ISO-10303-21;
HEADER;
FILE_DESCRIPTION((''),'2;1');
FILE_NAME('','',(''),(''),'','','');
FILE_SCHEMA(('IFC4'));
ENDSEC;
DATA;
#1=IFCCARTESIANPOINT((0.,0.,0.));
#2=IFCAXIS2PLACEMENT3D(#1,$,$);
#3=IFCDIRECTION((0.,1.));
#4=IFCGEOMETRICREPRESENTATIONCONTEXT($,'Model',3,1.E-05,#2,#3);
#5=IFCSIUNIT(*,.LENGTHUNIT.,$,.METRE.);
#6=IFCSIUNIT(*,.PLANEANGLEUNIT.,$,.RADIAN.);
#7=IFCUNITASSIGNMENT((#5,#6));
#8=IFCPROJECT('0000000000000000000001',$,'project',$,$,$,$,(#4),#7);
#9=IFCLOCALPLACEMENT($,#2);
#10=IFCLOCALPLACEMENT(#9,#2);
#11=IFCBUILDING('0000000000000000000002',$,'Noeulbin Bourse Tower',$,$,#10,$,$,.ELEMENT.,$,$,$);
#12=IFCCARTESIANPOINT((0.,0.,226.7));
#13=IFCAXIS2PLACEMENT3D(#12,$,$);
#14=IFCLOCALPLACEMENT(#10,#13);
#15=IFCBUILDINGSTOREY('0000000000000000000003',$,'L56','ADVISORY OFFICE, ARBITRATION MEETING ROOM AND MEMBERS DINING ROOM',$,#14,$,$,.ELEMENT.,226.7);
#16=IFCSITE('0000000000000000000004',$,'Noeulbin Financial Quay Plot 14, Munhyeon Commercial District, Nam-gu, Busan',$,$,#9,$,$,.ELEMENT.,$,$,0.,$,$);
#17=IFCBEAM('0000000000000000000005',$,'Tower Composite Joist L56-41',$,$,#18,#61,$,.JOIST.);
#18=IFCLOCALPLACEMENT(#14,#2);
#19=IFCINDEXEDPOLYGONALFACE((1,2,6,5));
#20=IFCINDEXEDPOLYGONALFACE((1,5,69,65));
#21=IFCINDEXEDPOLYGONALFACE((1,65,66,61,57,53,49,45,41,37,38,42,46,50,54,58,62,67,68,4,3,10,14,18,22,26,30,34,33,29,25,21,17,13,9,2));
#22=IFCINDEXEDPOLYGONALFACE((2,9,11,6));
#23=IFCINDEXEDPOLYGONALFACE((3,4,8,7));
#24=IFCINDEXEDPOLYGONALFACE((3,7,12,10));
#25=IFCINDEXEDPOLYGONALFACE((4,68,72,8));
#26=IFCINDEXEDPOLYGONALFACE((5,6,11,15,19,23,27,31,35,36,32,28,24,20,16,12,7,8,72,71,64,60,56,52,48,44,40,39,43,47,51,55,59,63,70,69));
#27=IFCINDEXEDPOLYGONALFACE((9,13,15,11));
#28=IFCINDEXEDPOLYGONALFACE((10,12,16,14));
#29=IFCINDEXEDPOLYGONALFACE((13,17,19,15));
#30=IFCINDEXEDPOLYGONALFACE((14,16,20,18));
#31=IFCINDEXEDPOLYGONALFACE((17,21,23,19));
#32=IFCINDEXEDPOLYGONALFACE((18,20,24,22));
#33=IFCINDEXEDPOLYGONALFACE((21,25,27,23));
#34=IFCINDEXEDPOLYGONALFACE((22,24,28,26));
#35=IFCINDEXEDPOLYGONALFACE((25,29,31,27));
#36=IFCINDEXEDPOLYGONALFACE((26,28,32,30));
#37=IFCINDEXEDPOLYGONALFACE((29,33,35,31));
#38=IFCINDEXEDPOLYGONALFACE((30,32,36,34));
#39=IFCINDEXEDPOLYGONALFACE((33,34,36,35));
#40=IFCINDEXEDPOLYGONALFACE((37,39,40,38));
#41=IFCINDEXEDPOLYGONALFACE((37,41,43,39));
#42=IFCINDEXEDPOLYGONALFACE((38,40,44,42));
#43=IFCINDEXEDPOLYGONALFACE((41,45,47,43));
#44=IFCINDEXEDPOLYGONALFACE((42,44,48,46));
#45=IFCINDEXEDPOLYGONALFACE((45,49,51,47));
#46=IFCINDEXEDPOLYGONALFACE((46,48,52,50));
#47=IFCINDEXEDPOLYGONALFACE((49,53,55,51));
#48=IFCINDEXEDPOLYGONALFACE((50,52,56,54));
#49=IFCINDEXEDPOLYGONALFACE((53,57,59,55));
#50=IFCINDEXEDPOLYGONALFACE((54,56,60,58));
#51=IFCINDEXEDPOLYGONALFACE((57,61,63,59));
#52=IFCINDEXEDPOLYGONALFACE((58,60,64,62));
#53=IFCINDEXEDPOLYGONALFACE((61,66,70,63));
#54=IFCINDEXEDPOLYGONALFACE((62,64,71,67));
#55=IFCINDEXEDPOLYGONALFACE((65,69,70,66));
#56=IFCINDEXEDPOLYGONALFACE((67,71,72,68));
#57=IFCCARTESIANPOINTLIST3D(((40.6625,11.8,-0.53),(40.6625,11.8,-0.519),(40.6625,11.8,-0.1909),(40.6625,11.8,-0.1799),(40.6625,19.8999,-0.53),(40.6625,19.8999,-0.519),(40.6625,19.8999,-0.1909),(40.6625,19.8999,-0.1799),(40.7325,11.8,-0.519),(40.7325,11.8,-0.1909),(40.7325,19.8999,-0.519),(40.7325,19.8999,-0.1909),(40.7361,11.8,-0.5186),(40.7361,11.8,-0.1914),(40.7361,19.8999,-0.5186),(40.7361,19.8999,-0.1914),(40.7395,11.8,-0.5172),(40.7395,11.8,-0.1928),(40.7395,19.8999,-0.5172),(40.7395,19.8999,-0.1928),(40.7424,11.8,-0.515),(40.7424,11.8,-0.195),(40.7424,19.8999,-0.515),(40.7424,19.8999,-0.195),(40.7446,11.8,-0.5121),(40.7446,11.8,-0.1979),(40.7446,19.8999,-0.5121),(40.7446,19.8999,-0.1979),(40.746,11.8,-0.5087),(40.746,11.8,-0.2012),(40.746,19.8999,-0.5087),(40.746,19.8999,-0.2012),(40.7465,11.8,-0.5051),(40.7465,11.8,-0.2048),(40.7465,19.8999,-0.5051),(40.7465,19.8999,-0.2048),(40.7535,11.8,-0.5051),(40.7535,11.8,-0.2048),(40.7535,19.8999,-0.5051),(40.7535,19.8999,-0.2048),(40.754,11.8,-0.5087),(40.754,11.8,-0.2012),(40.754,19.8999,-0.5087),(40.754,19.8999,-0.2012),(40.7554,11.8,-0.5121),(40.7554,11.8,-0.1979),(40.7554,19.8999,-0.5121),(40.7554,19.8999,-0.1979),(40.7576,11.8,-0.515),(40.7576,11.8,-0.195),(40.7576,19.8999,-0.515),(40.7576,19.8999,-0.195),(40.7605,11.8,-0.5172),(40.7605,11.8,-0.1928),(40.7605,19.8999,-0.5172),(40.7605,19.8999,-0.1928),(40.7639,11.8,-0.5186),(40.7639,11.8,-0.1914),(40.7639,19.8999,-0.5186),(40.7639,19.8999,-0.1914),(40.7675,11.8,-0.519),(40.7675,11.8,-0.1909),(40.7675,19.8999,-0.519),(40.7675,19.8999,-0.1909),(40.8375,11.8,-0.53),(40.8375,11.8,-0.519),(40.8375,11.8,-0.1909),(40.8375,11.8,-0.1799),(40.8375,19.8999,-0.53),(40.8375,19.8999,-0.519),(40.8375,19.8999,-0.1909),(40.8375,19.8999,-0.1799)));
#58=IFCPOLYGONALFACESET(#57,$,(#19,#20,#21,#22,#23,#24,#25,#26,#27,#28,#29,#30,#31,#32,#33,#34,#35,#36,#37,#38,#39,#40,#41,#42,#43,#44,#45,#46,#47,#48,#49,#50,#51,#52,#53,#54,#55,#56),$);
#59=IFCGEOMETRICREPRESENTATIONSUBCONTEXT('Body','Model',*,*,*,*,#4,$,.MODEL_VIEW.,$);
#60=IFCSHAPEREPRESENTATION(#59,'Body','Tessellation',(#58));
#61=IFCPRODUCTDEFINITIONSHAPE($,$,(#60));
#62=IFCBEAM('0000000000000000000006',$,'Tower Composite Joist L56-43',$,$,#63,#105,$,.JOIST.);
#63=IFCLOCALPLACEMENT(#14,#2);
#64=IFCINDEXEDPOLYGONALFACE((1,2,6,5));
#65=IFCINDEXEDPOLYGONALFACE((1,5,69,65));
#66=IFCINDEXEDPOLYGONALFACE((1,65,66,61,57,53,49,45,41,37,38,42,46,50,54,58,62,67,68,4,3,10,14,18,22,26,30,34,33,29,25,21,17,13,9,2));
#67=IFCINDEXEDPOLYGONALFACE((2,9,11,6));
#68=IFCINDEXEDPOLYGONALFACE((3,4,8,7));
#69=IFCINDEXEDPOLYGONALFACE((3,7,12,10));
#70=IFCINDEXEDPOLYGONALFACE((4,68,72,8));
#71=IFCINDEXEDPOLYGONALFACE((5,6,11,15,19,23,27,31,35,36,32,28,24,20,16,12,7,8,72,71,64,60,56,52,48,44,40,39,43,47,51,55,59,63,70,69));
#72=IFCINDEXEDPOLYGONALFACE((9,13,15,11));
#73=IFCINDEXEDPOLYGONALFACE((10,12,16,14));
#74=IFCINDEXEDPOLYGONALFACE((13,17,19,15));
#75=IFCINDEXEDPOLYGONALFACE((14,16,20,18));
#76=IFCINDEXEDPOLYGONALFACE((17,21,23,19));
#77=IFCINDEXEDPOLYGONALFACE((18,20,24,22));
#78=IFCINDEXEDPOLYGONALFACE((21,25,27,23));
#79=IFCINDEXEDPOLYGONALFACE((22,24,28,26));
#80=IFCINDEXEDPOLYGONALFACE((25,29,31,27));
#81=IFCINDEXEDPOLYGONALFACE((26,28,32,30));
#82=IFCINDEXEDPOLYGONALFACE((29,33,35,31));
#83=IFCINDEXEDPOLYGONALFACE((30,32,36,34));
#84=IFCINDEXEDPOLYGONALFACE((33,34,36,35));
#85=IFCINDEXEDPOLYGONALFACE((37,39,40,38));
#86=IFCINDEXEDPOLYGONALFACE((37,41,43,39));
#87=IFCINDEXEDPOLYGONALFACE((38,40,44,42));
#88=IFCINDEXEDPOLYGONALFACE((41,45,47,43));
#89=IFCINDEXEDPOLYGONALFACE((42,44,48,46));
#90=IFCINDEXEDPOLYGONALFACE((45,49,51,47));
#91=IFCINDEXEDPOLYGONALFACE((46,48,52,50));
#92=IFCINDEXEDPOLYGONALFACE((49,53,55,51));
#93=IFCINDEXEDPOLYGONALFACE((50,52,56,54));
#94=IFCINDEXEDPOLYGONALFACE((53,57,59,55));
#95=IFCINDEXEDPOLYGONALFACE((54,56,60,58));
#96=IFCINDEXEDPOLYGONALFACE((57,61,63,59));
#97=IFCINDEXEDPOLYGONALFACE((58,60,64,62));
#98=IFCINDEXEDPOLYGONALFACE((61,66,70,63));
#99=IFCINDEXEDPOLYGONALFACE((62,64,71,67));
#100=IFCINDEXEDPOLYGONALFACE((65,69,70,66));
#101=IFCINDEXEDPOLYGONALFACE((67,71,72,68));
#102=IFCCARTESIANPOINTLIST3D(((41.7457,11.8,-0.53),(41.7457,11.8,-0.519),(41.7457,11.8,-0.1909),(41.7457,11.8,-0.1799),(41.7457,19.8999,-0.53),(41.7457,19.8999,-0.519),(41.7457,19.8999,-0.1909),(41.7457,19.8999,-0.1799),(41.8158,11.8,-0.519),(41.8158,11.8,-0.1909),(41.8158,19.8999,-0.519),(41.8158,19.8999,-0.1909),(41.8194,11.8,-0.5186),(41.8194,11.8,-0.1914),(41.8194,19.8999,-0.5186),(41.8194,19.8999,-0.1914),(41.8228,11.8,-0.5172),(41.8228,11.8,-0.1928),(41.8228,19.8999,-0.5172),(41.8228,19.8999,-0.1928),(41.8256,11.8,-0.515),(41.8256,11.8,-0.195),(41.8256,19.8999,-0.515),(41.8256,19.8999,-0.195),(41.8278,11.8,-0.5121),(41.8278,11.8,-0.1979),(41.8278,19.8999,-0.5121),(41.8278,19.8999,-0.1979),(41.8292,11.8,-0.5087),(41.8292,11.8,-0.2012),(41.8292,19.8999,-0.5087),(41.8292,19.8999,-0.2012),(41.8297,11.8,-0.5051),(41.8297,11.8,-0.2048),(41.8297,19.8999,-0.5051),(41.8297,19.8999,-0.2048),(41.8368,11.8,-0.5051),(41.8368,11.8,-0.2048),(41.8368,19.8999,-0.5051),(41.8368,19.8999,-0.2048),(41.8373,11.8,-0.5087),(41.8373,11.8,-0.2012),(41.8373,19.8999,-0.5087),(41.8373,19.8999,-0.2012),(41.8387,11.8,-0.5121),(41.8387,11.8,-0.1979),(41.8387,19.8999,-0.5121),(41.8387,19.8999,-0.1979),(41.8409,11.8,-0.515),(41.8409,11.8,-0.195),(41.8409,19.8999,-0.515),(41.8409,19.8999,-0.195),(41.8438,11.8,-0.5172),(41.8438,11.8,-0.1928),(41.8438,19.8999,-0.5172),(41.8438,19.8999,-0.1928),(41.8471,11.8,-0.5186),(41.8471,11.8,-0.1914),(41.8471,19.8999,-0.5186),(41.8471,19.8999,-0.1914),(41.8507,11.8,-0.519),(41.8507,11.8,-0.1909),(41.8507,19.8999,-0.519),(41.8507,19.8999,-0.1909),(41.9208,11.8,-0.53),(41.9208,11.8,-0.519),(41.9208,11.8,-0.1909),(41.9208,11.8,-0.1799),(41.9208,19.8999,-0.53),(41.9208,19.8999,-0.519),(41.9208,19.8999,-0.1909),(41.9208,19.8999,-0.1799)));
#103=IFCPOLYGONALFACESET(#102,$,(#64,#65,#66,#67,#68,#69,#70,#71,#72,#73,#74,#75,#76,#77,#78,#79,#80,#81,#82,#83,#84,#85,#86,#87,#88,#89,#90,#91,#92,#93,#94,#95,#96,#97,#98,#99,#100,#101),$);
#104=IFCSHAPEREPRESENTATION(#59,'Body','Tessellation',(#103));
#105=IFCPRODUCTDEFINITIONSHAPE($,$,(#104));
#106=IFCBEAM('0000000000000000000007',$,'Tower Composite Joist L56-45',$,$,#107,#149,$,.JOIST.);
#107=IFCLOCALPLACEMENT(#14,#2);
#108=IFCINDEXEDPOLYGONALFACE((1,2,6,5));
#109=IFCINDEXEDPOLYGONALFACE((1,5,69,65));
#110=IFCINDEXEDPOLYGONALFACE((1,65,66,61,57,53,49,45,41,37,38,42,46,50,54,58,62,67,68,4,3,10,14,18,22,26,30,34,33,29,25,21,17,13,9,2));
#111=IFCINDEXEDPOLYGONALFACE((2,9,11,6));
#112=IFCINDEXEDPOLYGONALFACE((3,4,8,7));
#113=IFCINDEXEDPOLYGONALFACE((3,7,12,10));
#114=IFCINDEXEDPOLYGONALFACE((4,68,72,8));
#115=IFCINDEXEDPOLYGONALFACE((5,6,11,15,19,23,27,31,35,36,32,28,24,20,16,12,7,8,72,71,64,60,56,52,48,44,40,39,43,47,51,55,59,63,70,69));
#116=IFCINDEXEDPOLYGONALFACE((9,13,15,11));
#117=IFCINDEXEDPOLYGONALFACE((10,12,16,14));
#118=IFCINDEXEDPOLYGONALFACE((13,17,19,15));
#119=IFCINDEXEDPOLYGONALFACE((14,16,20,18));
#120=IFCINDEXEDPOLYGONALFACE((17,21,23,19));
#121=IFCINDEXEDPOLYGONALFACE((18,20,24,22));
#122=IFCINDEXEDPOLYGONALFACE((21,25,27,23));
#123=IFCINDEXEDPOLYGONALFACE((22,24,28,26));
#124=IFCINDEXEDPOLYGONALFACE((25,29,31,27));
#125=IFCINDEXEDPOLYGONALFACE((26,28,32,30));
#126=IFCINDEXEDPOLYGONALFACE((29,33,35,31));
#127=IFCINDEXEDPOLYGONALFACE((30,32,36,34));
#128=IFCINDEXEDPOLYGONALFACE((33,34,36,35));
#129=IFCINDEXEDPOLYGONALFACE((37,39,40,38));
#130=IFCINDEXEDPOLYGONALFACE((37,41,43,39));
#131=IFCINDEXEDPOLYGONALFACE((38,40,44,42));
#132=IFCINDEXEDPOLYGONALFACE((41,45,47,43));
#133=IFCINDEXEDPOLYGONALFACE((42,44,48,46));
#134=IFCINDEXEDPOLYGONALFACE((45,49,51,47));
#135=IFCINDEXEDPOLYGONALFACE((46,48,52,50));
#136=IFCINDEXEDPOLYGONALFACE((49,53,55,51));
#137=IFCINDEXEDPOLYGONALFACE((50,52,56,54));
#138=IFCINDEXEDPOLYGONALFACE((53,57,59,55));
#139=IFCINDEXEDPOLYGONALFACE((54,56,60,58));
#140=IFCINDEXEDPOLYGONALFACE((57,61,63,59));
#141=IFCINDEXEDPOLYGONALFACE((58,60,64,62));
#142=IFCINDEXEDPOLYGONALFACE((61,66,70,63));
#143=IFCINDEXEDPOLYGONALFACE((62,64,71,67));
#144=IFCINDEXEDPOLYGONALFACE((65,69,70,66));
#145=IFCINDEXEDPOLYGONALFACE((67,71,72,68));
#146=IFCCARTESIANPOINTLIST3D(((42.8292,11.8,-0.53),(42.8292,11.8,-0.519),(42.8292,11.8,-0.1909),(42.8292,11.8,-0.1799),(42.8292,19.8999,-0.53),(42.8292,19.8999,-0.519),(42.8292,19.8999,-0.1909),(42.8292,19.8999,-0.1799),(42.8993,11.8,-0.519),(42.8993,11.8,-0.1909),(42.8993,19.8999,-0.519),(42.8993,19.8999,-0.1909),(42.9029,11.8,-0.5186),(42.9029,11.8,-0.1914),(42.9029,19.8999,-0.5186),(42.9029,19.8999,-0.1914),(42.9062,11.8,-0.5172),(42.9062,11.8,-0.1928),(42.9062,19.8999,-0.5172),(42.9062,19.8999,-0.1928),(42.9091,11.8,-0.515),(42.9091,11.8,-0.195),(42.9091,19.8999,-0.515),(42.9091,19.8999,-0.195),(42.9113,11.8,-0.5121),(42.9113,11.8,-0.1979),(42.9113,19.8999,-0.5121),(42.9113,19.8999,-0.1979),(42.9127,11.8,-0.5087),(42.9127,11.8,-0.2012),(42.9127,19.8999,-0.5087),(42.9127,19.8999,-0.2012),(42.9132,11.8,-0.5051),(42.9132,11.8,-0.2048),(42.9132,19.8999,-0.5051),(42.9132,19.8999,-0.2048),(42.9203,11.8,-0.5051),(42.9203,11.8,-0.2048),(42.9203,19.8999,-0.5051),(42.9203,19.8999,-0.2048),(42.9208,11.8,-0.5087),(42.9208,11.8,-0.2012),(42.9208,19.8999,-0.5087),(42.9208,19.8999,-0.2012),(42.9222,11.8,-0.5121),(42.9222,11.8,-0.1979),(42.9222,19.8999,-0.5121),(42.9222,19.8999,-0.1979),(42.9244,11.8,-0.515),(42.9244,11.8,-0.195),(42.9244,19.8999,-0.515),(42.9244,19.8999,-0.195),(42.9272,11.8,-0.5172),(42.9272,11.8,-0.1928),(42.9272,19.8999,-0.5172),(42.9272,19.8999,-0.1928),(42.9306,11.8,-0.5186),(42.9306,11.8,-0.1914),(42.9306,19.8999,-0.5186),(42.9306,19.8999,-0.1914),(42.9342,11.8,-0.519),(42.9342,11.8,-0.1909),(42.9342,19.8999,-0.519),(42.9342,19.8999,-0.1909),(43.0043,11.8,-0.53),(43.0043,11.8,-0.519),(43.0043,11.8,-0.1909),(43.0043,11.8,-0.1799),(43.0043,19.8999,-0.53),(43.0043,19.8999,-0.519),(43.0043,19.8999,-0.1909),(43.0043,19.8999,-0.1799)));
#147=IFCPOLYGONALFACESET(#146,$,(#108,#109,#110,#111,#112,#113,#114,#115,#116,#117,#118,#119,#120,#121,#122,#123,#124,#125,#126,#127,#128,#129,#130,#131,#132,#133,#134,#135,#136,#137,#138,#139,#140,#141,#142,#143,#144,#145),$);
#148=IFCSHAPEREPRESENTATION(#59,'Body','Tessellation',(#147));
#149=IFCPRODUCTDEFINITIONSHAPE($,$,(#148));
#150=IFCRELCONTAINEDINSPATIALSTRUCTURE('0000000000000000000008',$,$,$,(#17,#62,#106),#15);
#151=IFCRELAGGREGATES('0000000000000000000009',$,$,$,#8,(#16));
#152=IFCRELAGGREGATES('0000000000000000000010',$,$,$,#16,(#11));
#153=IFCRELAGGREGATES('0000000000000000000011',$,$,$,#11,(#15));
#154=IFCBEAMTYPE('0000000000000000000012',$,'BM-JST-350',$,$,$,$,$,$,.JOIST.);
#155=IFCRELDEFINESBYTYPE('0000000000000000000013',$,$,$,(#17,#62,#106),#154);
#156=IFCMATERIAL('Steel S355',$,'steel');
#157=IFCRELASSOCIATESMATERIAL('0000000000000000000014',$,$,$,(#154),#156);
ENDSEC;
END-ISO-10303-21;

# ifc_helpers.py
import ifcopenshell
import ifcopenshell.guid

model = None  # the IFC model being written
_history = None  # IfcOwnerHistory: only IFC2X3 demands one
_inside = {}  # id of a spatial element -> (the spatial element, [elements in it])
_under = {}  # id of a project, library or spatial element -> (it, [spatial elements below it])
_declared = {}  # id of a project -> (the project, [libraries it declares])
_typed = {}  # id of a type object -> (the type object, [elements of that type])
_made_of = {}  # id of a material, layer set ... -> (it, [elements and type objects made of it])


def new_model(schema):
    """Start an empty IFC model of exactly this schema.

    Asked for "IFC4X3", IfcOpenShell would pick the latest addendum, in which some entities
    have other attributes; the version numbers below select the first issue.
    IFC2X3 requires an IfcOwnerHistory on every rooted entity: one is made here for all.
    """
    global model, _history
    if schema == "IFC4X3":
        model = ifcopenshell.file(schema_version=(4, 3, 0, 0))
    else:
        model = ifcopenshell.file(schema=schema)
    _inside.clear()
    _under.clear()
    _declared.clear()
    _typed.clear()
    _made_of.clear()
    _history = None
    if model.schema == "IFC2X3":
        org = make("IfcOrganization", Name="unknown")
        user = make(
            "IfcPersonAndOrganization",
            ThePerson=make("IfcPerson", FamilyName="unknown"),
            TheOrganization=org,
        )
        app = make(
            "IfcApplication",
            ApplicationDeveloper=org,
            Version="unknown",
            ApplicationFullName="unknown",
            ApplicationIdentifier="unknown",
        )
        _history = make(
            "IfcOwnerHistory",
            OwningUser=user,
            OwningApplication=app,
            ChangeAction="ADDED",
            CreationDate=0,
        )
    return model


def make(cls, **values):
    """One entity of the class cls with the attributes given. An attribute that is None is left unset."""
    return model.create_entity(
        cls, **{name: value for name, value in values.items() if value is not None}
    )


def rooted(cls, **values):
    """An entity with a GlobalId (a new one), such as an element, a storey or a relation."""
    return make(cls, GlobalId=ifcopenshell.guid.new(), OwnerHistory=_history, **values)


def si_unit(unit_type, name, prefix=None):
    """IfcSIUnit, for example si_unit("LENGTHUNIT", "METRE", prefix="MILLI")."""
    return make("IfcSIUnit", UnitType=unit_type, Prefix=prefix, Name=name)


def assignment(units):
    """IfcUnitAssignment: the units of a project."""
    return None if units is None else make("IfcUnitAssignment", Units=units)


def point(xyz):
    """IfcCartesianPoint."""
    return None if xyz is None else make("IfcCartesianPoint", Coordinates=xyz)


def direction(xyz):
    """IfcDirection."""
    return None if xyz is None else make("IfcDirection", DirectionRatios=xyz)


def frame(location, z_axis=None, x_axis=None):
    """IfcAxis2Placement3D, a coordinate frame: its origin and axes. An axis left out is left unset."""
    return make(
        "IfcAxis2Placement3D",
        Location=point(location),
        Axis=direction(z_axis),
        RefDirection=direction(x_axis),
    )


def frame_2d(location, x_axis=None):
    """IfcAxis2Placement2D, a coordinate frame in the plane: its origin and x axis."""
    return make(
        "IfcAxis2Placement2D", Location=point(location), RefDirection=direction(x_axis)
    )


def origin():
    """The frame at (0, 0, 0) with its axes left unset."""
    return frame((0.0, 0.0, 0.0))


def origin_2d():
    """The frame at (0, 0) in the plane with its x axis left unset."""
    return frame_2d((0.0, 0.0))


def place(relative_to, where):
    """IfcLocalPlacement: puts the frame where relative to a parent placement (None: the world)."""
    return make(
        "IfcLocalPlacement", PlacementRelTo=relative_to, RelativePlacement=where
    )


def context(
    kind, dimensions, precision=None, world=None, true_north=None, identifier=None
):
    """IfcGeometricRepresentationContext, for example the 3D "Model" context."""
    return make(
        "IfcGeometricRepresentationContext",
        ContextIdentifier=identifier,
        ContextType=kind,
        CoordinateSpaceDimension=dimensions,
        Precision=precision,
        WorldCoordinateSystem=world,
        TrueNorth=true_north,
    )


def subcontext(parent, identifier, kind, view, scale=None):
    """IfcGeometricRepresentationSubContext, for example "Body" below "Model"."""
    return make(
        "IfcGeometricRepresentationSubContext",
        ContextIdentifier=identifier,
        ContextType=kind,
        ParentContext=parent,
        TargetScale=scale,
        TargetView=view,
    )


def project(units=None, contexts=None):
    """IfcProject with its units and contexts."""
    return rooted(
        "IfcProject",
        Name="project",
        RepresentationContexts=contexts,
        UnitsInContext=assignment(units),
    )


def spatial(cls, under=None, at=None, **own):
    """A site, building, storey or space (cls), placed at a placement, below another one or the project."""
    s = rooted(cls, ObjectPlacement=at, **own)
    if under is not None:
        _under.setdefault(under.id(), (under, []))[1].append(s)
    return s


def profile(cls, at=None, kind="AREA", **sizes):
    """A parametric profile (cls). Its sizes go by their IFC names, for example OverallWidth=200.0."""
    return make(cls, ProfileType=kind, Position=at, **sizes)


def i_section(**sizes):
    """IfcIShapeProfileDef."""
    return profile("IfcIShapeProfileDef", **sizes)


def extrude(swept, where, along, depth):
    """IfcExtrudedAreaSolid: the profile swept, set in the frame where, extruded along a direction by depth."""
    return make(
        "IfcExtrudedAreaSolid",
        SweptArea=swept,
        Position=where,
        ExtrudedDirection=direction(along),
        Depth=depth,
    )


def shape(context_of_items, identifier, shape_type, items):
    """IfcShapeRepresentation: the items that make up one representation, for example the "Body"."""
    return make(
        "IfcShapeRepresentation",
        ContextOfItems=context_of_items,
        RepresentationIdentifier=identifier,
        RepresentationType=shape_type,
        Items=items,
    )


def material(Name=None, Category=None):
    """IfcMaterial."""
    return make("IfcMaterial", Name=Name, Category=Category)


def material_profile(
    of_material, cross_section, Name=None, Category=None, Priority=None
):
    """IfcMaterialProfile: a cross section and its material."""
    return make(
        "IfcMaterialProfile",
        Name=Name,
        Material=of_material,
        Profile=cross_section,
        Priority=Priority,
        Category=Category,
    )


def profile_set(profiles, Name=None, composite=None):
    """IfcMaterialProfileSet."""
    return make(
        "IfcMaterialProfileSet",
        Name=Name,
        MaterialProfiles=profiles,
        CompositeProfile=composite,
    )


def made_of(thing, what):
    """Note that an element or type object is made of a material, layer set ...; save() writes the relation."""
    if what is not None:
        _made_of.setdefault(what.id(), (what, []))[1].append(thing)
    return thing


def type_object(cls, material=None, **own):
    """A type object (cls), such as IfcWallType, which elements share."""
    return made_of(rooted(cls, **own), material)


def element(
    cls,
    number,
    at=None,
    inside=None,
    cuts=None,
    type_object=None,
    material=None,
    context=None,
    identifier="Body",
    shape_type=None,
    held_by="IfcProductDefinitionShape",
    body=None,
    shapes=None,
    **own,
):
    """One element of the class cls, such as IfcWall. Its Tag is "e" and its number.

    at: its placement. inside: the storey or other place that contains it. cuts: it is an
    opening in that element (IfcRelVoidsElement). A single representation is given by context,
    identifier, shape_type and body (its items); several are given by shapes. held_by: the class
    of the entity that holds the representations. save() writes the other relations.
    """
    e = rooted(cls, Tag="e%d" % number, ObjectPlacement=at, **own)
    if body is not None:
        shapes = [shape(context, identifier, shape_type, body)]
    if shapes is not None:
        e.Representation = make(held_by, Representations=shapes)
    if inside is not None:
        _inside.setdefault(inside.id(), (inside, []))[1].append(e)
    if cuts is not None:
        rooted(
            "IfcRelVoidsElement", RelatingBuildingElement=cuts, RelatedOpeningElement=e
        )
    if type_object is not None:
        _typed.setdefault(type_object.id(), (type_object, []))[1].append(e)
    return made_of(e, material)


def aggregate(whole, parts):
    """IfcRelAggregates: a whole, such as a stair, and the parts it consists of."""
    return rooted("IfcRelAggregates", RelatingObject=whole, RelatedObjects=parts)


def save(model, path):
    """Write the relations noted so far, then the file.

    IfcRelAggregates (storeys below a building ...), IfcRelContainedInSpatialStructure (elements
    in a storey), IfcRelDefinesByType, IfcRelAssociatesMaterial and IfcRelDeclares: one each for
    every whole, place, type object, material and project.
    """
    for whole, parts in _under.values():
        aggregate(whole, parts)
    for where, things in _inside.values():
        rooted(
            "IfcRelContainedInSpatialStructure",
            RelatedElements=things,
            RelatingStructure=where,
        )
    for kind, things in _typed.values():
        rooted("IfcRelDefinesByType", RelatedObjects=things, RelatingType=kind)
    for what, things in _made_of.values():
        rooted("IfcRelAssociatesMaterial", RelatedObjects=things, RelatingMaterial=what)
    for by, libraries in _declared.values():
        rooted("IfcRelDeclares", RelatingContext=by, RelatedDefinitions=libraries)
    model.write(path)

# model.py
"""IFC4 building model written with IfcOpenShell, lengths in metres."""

from ifc_helpers import new_model, si_unit, direction, frame, origin, origin_2d, place, context, subcontext, project, spatial, i_section, extrude, material, material_profile, profile_set, type_object, element, save


model = new_model("IFC4")

# Units and contexts
model_context = context("Model", 3, precision=1e-05, world=origin(), true_north=direction((0.0, 1.0)))
body_context = subcontext(model_context, "Body", "Model", "MODEL_VIEW")
ifc_project = project(units=[si_unit("LENGTHUNIT", "METRE"), si_unit("PLANEANGLEUNIT", "RADIAN")], contexts=[model_context])

# Site, building, storey
site_placement = place(None, origin())
site = spatial("IfcSite", under=ifc_project, at=site_placement, Name="Noeulbin Financial Quay Plot 14, Munhyeon Commercial District, Nam-gu, Busan", CompositionType="ELEMENT", RefElevation=0.0)
building_placement = place(site_placement, origin())
building = spatial("IfcBuilding", under=site, at=building_placement, Name="Noeulbin Bourse Tower", CompositionType="ELEMENT")
storey_placement = place(building_placement, frame((0.0, 0.0, 226.7)))
storey = spatial("IfcBuildingStorey", under=building, at=storey_placement, Name="L56", Description="ADVISORY OFFICE, ARBITRATION MEETING ROOM AND MEMBERS DINING ROOM", CompositionType="ELEMENT", Elevation=226.7)

# Shared definitions
ifc_material_1 = material(Name="Steel S355", Category="steel")

# Beams
ifc_material_profile_1 = material_profile(ifc_material_1, i_section(OverallWidth=0.175, OverallDepth=0.3501, WebThickness=0.0071, FlangeThickness=0.011, FilletRadius=0.0139, at=origin_2d()), Name="H-350x175x7x11", Category="LoadBearing")
ifc_profile_set_1 = profile_set([ifc_material_profile_1], Name="Steel S355")
beam_type_1 = type_object("IfcBeamType", Name="BM-JST-350", PredefinedType="JOIST", material=ifc_profile_set_1)
for number, where, z_axis, x_axis, name in (
    (1, (40.75, 11.8, -0.355), (0.0, 1.0, 0.0), (-1.0, 0.0, 0.0), "Tower Composite Joist L56-41"),
    (2, (41.8333, 11.8, -0.355), (0.0, 1.0, 0.0), (-1.0, 0.0, 0.0), "Tower Composite Joist L56-43"),
    (3, (42.9167, 11.8, -0.355), (0.0, 1.0, 0.0), (-1.0, 0.0, 0.0), "Tower Composite Joist L56-45"),
):
    element("IfcBeam", number, at=place(storey_placement, frame(where, z_axis=z_axis, x_axis=x_axis)), inside=storey, type_object=beam_type_1, Name=name, PredefinedType="JOIST", context=body_context, shape_type="SweptSolid", body=[
        extrude(i_section(OverallWidth=0.175, OverallDepth=0.3501, WebThickness=0.0071, FlangeThickness=0.011, FilletRadius=0.0139, at=origin_2d()), origin(), (0.0, 0.0, 1.0), 8.0999),
    ])

save(model, "model.ifc")
